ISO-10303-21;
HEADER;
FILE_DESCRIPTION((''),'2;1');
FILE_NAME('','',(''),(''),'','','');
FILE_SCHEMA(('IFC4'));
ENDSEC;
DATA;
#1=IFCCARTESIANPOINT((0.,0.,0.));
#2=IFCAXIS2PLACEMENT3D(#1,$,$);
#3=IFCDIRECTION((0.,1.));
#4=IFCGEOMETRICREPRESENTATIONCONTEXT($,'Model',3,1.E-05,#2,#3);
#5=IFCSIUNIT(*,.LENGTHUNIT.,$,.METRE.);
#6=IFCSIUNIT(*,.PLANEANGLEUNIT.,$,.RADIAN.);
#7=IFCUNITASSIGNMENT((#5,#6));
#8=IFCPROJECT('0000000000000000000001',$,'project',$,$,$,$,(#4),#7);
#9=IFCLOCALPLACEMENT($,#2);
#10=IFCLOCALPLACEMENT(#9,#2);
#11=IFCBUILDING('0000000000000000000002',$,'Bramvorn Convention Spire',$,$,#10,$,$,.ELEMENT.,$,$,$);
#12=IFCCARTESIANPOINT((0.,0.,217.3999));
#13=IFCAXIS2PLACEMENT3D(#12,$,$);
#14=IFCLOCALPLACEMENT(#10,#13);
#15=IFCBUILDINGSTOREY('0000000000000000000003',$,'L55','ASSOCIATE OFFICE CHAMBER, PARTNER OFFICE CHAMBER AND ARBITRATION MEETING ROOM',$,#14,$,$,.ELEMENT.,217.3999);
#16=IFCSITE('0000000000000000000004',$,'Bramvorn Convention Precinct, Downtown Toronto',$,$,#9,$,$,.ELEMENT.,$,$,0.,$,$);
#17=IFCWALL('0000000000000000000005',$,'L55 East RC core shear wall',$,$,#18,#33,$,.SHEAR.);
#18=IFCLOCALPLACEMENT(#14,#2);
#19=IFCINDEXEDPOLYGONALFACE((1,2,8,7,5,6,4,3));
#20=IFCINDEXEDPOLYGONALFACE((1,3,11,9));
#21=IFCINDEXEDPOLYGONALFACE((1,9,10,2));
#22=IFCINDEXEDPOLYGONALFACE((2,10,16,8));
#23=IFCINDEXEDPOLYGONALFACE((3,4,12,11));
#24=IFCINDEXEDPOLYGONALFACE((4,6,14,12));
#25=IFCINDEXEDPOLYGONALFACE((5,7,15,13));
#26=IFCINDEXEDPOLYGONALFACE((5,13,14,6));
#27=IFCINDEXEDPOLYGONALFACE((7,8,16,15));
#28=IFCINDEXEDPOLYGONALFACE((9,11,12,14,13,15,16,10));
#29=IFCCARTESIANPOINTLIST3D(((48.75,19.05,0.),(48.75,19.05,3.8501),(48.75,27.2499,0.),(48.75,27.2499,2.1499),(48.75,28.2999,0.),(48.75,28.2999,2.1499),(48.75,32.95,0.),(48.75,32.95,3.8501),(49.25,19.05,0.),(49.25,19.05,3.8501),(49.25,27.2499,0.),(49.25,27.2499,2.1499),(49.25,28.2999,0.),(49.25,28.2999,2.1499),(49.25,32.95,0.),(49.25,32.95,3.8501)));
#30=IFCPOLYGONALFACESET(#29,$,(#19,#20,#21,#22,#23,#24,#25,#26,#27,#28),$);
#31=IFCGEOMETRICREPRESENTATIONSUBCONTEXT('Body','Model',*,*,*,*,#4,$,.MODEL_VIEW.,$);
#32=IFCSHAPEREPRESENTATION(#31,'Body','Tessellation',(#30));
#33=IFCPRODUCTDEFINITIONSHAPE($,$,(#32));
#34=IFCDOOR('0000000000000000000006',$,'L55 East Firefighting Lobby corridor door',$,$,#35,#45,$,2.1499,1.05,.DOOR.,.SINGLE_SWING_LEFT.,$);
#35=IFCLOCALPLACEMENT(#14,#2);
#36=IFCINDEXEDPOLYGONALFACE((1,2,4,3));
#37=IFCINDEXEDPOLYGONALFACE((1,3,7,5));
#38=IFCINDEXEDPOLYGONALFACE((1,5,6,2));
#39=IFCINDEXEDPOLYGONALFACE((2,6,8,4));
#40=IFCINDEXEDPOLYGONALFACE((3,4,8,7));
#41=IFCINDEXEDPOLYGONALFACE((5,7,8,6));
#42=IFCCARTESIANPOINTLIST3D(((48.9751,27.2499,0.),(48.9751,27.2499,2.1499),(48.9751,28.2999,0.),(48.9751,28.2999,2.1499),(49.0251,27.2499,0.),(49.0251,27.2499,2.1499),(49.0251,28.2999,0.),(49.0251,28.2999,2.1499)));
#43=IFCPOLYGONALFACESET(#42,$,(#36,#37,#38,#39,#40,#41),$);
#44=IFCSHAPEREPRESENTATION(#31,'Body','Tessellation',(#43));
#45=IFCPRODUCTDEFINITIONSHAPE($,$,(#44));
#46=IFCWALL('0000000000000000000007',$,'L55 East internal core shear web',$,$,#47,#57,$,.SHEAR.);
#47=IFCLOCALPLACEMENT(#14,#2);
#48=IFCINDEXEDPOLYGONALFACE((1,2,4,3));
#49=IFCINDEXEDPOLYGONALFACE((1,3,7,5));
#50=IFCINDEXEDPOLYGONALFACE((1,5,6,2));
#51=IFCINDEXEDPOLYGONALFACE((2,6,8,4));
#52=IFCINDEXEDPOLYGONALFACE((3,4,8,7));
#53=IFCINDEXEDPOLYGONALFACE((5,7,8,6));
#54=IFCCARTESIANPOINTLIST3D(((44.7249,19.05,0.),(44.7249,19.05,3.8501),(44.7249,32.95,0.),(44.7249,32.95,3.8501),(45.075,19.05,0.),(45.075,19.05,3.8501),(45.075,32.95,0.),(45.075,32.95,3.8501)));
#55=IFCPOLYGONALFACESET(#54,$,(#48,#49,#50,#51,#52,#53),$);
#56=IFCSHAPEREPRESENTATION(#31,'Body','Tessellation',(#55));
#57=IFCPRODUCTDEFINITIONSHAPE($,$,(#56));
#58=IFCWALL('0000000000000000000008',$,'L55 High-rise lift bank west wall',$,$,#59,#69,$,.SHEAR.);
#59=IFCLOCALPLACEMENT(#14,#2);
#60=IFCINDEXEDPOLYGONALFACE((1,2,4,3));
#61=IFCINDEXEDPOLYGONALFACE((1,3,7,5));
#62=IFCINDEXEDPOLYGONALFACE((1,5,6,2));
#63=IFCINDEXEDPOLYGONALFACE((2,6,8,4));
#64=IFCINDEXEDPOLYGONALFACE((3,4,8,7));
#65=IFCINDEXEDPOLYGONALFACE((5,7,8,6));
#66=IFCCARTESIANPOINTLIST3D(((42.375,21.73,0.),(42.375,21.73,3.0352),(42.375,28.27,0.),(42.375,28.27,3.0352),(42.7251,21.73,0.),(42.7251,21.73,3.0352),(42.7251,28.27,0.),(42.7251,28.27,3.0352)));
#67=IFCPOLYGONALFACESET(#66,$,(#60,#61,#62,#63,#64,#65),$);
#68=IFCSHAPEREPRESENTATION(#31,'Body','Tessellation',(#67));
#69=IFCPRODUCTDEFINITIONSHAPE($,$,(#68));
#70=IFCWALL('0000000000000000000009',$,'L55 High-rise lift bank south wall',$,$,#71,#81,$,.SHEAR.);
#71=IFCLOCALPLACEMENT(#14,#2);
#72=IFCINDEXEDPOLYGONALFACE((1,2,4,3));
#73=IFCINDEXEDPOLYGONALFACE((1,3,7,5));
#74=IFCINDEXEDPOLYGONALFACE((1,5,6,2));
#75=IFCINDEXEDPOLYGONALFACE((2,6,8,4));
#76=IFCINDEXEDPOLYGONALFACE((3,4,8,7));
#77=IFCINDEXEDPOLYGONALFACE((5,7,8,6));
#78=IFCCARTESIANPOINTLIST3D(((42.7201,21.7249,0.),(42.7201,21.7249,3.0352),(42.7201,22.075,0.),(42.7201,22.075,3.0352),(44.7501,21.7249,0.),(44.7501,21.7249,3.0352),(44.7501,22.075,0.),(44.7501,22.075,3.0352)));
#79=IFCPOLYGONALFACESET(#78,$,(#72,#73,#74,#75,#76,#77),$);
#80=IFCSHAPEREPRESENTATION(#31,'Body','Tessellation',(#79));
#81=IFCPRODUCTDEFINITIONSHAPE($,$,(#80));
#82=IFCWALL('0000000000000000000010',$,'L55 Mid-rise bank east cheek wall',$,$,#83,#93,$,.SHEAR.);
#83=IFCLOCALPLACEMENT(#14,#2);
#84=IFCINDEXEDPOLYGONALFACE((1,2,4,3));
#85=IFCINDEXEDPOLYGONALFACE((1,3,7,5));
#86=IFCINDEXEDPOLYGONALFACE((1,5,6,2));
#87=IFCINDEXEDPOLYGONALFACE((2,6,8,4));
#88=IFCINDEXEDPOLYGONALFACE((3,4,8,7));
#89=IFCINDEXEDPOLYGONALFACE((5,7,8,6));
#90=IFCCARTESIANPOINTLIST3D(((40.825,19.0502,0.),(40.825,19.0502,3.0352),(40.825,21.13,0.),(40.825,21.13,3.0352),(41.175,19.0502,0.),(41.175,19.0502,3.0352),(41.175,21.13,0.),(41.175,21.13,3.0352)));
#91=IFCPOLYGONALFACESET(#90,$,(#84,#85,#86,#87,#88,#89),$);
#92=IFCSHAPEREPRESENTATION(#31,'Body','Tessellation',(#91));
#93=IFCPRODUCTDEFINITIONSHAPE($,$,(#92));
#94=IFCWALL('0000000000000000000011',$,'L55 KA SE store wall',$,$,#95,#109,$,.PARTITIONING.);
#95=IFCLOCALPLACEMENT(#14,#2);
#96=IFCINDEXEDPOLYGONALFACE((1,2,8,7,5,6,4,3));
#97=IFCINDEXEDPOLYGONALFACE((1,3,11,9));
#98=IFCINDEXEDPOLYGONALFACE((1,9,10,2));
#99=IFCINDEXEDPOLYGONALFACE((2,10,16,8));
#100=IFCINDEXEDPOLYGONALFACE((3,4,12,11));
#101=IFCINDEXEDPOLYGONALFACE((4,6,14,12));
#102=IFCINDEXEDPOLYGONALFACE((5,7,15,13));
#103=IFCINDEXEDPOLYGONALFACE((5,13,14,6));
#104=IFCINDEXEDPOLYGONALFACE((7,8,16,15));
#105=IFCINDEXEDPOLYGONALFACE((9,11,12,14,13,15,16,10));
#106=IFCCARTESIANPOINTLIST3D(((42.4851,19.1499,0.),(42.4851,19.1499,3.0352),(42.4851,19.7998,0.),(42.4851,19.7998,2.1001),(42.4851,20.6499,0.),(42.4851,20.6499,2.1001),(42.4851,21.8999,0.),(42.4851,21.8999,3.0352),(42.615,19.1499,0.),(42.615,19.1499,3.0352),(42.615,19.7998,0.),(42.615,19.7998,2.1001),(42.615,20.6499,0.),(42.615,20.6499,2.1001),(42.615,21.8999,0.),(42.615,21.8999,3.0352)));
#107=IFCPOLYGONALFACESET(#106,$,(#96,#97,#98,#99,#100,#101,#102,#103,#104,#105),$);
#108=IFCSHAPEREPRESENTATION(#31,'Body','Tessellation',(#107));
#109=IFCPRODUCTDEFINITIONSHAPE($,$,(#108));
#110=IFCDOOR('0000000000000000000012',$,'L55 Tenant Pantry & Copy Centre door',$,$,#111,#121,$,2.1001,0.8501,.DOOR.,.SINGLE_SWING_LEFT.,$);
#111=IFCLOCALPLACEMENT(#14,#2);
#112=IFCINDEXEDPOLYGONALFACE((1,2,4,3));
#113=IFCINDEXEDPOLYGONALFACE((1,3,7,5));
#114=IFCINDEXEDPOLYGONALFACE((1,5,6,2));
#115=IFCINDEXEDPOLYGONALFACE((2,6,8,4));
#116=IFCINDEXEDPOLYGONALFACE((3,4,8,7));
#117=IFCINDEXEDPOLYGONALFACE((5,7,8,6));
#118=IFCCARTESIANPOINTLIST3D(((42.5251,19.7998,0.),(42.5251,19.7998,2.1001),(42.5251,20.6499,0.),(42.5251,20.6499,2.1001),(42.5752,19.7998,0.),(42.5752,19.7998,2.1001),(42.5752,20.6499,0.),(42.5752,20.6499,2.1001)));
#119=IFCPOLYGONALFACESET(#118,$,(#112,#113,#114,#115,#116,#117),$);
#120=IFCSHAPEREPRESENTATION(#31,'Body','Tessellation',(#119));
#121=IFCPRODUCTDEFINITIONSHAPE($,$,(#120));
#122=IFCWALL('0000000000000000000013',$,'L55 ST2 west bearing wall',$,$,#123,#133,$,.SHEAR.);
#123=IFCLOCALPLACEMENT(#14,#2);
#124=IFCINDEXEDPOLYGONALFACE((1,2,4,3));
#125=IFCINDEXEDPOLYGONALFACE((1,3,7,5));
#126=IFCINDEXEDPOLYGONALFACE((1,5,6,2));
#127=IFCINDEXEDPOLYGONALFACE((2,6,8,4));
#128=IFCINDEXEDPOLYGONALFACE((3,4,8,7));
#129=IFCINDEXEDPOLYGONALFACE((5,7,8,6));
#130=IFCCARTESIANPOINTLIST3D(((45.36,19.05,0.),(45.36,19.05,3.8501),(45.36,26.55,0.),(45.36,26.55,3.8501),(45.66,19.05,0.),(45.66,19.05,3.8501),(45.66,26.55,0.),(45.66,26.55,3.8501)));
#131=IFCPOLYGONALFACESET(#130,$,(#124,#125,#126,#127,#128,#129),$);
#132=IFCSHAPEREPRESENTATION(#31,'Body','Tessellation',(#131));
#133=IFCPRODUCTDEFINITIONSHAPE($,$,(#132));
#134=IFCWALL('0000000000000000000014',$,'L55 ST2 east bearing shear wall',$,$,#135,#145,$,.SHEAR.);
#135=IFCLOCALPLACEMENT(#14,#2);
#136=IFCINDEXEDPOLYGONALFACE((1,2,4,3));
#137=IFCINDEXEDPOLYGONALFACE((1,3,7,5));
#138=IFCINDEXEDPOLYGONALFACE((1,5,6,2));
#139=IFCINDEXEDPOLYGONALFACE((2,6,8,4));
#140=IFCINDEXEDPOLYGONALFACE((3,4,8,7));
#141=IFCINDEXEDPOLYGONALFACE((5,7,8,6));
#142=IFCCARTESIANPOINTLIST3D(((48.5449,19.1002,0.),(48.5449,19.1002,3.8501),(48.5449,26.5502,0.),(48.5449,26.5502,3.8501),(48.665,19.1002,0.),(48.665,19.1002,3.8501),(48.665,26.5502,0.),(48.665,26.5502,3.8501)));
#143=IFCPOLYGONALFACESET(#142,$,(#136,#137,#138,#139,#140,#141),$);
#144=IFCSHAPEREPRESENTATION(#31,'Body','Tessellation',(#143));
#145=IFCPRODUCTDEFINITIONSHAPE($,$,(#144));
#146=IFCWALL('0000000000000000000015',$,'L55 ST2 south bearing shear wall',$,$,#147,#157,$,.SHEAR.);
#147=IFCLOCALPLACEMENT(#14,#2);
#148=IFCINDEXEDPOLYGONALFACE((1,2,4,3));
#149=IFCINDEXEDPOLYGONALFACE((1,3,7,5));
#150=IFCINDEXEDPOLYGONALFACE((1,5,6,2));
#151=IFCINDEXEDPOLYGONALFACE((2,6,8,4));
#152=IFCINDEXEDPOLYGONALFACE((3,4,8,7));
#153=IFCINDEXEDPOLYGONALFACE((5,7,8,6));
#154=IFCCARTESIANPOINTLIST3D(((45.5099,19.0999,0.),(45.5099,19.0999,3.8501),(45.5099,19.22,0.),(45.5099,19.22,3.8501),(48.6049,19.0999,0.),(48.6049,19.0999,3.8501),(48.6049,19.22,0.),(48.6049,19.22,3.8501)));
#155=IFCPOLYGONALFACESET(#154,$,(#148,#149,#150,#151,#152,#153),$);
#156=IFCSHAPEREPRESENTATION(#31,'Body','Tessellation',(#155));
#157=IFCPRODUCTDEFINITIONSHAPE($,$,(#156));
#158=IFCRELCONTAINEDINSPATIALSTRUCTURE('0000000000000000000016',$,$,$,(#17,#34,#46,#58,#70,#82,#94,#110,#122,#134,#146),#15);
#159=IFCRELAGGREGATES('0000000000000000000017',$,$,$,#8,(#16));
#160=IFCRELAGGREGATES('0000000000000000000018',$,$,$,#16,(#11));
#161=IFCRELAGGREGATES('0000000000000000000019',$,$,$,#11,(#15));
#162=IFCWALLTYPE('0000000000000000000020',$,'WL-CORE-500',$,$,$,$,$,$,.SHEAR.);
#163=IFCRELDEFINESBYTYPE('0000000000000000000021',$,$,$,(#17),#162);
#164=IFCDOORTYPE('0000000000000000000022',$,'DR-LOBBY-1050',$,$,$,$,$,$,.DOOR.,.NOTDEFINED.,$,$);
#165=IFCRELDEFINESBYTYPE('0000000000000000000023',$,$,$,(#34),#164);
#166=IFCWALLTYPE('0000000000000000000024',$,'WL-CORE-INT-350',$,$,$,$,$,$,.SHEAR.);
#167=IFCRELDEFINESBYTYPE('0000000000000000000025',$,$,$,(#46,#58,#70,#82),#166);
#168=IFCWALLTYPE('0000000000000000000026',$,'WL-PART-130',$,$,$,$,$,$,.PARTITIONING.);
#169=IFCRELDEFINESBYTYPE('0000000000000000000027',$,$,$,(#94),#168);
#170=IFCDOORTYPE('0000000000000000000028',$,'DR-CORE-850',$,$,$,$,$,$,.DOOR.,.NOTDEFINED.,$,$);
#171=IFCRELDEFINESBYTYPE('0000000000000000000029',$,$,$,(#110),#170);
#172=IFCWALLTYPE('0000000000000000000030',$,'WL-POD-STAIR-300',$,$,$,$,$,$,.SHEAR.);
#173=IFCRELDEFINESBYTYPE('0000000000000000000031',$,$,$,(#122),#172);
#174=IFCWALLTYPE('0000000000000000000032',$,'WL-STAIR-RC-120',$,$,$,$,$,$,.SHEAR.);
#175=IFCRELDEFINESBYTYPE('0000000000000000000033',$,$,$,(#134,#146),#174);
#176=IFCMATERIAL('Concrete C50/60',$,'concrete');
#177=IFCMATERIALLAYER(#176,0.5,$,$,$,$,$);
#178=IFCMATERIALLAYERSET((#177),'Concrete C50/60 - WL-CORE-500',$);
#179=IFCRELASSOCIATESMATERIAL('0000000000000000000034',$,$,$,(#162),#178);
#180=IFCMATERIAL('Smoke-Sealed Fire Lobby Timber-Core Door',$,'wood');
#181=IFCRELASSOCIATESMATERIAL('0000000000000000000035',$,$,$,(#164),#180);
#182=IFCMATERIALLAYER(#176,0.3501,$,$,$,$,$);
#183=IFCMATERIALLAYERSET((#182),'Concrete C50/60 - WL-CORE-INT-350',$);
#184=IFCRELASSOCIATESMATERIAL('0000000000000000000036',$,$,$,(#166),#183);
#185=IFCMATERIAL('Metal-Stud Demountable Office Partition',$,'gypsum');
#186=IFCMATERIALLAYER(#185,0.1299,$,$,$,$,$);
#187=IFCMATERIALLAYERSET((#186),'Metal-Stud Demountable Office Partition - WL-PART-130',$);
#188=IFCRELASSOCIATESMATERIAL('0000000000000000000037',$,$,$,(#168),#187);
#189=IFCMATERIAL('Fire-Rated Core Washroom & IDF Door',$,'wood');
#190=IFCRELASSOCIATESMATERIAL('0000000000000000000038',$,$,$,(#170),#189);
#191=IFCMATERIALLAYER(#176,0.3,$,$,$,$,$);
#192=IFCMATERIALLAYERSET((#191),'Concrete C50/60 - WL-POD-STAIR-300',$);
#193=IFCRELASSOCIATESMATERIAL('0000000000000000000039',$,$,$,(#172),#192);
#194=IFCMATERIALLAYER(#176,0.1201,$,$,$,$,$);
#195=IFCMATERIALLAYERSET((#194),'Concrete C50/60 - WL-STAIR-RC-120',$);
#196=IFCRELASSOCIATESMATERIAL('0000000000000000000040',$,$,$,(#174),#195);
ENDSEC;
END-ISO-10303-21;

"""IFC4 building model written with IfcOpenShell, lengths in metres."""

from ifc_helpers import new_model, si_unit, direction, frame, frame_2d, origin, place, context, subcontext, project, spatial, rectangle, extrude, material, layer, layer_set, type_object, element, fill, save


model = new_model("IFC4")

# Units and contexts
model_context = context("Model", 3, precision=1e-05, world=origin(), true_north=direction((0.0, 1.0)))
body_context = subcontext(model_context, "Body", "Model", "MODEL_VIEW")
ifc_project = project(units=[si_unit("LENGTHUNIT", "METRE"), si_unit("PLANEANGLEUNIT", "RADIAN")], contexts=[model_context])

# Site, building, storey
site_placement = place(None, origin())
site = spatial("IfcSite", under=ifc_project, at=site_placement, Name="Bramvorn Convention Precinct, Downtown Toronto", CompositionType="ELEMENT", RefElevation=0.0)
building_placement = place(site_placement, origin())
building = spatial("IfcBuilding", under=site, at=building_placement, Name="Bramvorn Convention Spire", CompositionType="ELEMENT")
storey_placement = place(building_placement, frame((0.0, 0.0, 217.3999)))
storey = spatial("IfcBuildingStorey", under=building, at=storey_placement, Name="L55", Description="ASSOCIATE OFFICE CHAMBER, PARTNER OFFICE CHAMBER AND ARBITRATION MEETING ROOM", CompositionType="ELEMENT", Elevation=217.3999)

# Wall, opening, door
ifc_material_1 = material(Name="Concrete C50/60", Category="concrete")
ifc_layer_1 = layer(ifc_material_1, 0.5)
ifc_layer_set_1 = layer_set([ifc_layer_1], Name="Concrete C50/60 - WL-CORE-500")
wall_type_1 = type_object("IfcWallType", Name="WL-CORE-500", PredefinedType="SHEAR", material=ifc_layer_set_1)
wall_1_placement = place(storey_placement, frame((49.0, 19.05, 0.0), z_axis=(0.0, 0.0, 1.0), x_axis=(0.0, 1.0, 0.0)))
wall_1 = element("IfcWall", 1, at=wall_1_placement, inside=storey, type_object=wall_type_1, Name="L55 East RC core shear wall", PredefinedType="SHEAR", context=body_context, shape_type="SweptSolid", body=[
    extrude(rectangle(XDim=13.8999, YDim=0.5, at=frame_2d((6.95, 0.0))), origin(), (0.0, 0.0, 1.0), 3.8501),
])
opening_1_placement = place(wall_1_placement, frame((8.2, 0.0, 0.0)))
opening_1 = element("IfcOpeningElement", 2, at=opening_1_placement, cuts=wall_1, PredefinedType="OPENING", context=body_context, shape_type="SweptSolid", body=[
    extrude(rectangle(XDim=1.05, YDim=2.1499, at=frame_2d((0.5249, 1.075))), frame((0.0, 0.26, 0.0), z_axis=(0.0, -1.0, 0.0), x_axis=(1.0, 0.0, 0.0)), (0.0, 0.0, 1.0), 0.52),
])
ifc_material_2 = material(Name="Smoke-Sealed Fire Lobby Timber-Core Door", Category="wood")
door_type_1 = type_object("IfcDoorType", Name="DR-LOBBY-1050", OperationType="NOTDEFINED", PredefinedType="DOOR", material=ifc_material_2)
door_1_placement = place(opening_1_placement, origin())
door_1 = element("IfcDoor", 3, at=door_1_placement, inside=storey, type_object=door_type_1, Name="L55 East Firefighting Lobby corridor door", OperationType="SINGLE_SWING_LEFT", OverallHeight=2.1499, OverallWidth=1.05, PredefinedType="DOOR", context=body_context, shape_type="SweptSolid", body=[
    extrude(rectangle(XDim=1.05, YDim=2.1499, at=frame_2d((0.5249, 1.075))), frame((0.0, 0.0249, 0.0), z_axis=(0.0, -1.0, 0.0), x_axis=(1.0, 0.0, 0.0)), (0.0, 0.0, 1.0), 0.05),
])
fill(opening_1, door_1)

# Walls
ifc_layer_2 = layer(ifc_material_1, 0.3501)
ifc_layer_set_2 = layer_set([ifc_layer_2], Name="Concrete C50/60 - WL-CORE-INT-350")
wall_type_2 = type_object("IfcWallType", Name="WL-CORE-INT-350", PredefinedType="SHEAR", material=ifc_layer_set_2)
wall_2_placement = place(storey_placement, frame((44.8999, 19.05, 0.0), z_axis=(0.0, 0.0, 1.0), x_axis=(0.0, 1.0, 0.0)))
element("IfcWall", 4, at=wall_2_placement, inside=storey, type_object=wall_type_2, Name="L55 East internal core shear web", PredefinedType="SHEAR", context=body_context, shape_type="SweptSolid", body=[
    extrude(rectangle(XDim=13.8999, YDim=0.3501, at=frame_2d((6.95, 0.0))), origin(), (0.0, 0.0, 1.0), 3.8501),
])
wall_3_placement = place(storey_placement, frame((42.55, 21.73, 0.0), z_axis=(0.0, 0.0, 1.0), x_axis=(0.0, 1.0, 0.0)))
element("IfcWall", 5, at=wall_3_placement, inside=storey, type_object=wall_type_2, Name="L55 High-rise lift bank west wall", PredefinedType="SHEAR", context=body_context, shape_type="SweptSolid", body=[
    extrude(rectangle(XDim=6.54, YDim=0.3501, at=frame_2d((3.27, 0.0))), origin(), (0.0, 0.0, 1.0), 3.0352),
])
wall_4_placement = place(storey_placement, frame((42.72, 21.8999, 0.0), z_axis=(0.0, 0.0, 1.0), x_axis=(1.0, 0.0, 0.0)))
element("IfcWall", 6, at=wall_4_placement, inside=storey, type_object=wall_type_2, Name="L55 High-rise lift bank south wall", PredefinedType="SHEAR", context=body_context, shape_type="SweptSolid", body=[
    extrude(rectangle(XDim=2.03, YDim=0.3501, at=frame_2d((1.0151, 0.0))), origin(), (0.0, 0.0, 1.0), 3.0352),
])

# Wall
wall_5_placement = place(storey_placement, frame((41.0, 19.05, 0.0), z_axis=(0.0, 0.0, 1.0), x_axis=(0.0, 1.0, 0.0)))
element("IfcWall", 7, at=wall_5_placement, inside=storey, type_object=wall_type_2, Name="L55 Mid-rise bank east cheek wall", PredefinedType="SHEAR", context=body_context, shape_type="SweptSolid", body=[
    extrude(rectangle(XDim=2.0798, YDim=0.3501, at=frame_2d((1.04, 0.0))), origin(), (0.0, 0.0, 1.0), 3.0352),
])

# Wall, opening, door
ifc_material_3 = material(Name="Metal-Stud Demountable Office Partition", Category="gypsum")
ifc_layer_3 = layer(ifc_material_3, 0.1299)
ifc_layer_set_3 = layer_set([ifc_layer_3], Name="Metal-Stud Demountable Office Partition - WL-PART-130")
wall_type_3 = type_object("IfcWallType", Name="WL-PART-130", PredefinedType="PARTITIONING", material=ifc_layer_set_3)
wall_6_placement = place(storey_placement, frame((42.55, 19.1499, 0.0), z_axis=(0.0, 0.0, 1.0), x_axis=(0.0, 1.0, 0.0)))
wall_6 = element("IfcWall", 8, at=wall_6_placement, inside=storey, type_object=wall_type_3, Name="L55 KA SE store wall", PredefinedType="PARTITIONING", context=body_context, shape_type="SweptSolid", body=[
    extrude(rectangle(XDim=2.75, YDim=0.1299, at=frame_2d((1.375, 0.0))), origin(), (0.0, 0.0, 1.0), 3.0352),
])
opening_2_placement = place(wall_6_placement, frame((0.6499, 0.0, 0.0)))
opening_2 = element("IfcOpeningElement", 9, at=opening_2_placement, cuts=wall_6, PredefinedType="OPENING", context=body_context, shape_type="SweptSolid", body=[
    extrude(rectangle(XDim=0.8501, YDim=2.1001, at=frame_2d((0.425, 1.05))), frame((0.0, 0.075, 0.0), z_axis=(0.0, -1.0, 0.0), x_axis=(1.0, 0.0, 0.0)), (0.0, 0.0, 1.0), 0.1499),
])
ifc_material_4 = material(Name="Fire-Rated Core Washroom & IDF Door", Category="wood")
door_type_2 = type_object("IfcDoorType", Name="DR-CORE-850", OperationType="NOTDEFINED", PredefinedType="DOOR", material=ifc_material_4)
door_2_placement = place(opening_2_placement, origin())
door_2 = element("IfcDoor", 10, at=door_2_placement, inside=storey, type_object=door_type_2, Name="L55 Tenant Pantry & Copy Centre door", OperationType="SINGLE_SWING_LEFT", OverallHeight=2.1001, OverallWidth=0.8501, PredefinedType="DOOR", context=body_context, shape_type="SweptSolid", body=[
    extrude(rectangle(XDim=0.8501, YDim=2.1001, at=frame_2d((0.425, 1.05))), frame((0.0, 0.0249, 0.0), z_axis=(0.0, -1.0, 0.0), x_axis=(1.0, 0.0, 0.0)), (0.0, 0.0, 1.0), 0.05),
])
fill(opening_2, door_2)

# Walls
ifc_layer_4 = layer(ifc_material_1, 0.3)
ifc_layer_set_4 = layer_set([ifc_layer_4], Name="Concrete C50/60 - WL-POD-STAIR-300")
wall_type_4 = type_object("IfcWallType", Name="WL-POD-STAIR-300", PredefinedType="SHEAR", material=ifc_layer_set_4)
wall_7_placement = place(storey_placement, frame((45.51, 19.05, 0.0), z_axis=(0.0, 0.0, 1.0), x_axis=(0.0, 1.0, 0.0)))
element("IfcWall", 11, at=wall_7_placement, inside=storey, type_object=wall_type_4, Name="L55 ST2 west bearing wall", PredefinedType="SHEAR", context=body_context, shape_type="SweptSolid", body=[
    extrude(rectangle(XDim=7.5, YDim=0.3, at=frame_2d((3.75, 0.0))), origin(), (0.0, 0.0, 1.0), 3.8501),
])
ifc_layer_5 = layer(ifc_material_1, 0.1201)
ifc_layer_set_5 = layer_set([ifc_layer_5], Name="Concrete C50/60 - WL-STAIR-RC-120")
wall_type_5 = type_object("IfcWallType", Name="WL-STAIR-RC-120", PredefinedType="SHEAR", material=ifc_layer_set_5)
wall_8_placement = place(storey_placement, frame((48.605, 19.1001, 0.0), z_axis=(0.0, 0.0, 1.0), x_axis=(0.0, 1.0, 0.0)))
element("IfcWall", 12, at=wall_8_placement, inside=storey, type_object=wall_type_5, Name="L55 ST2 east bearing shear wall", PredefinedType="SHEAR", context=body_context, shape_type="SweptSolid", body=[
    extrude(rectangle(XDim=7.45, YDim=0.1201, at=frame_2d((3.7251, 0.0))), origin(), (0.0, 0.0, 1.0), 3.8501),
])
wall_9_placement = place(storey_placement, frame((45.51, 19.1599, 0.0), z_axis=(0.0, 0.0, 1.0), x_axis=(1.0, 0.0, 0.0)))
element("IfcWall", 13, at=wall_9_placement, inside=storey, type_object=wall_type_5, Name="L55 ST2 south bearing shear wall", PredefinedType="SHEAR", context=body_context, shape_type="SweptSolid", body=[
    extrude(rectangle(XDim=3.095, YDim=0.1201, at=frame_2d((1.5474, 0.0))), origin(), (0.0, 0.0, 1.0), 3.8501),
])

save(model, "model.ifc")
